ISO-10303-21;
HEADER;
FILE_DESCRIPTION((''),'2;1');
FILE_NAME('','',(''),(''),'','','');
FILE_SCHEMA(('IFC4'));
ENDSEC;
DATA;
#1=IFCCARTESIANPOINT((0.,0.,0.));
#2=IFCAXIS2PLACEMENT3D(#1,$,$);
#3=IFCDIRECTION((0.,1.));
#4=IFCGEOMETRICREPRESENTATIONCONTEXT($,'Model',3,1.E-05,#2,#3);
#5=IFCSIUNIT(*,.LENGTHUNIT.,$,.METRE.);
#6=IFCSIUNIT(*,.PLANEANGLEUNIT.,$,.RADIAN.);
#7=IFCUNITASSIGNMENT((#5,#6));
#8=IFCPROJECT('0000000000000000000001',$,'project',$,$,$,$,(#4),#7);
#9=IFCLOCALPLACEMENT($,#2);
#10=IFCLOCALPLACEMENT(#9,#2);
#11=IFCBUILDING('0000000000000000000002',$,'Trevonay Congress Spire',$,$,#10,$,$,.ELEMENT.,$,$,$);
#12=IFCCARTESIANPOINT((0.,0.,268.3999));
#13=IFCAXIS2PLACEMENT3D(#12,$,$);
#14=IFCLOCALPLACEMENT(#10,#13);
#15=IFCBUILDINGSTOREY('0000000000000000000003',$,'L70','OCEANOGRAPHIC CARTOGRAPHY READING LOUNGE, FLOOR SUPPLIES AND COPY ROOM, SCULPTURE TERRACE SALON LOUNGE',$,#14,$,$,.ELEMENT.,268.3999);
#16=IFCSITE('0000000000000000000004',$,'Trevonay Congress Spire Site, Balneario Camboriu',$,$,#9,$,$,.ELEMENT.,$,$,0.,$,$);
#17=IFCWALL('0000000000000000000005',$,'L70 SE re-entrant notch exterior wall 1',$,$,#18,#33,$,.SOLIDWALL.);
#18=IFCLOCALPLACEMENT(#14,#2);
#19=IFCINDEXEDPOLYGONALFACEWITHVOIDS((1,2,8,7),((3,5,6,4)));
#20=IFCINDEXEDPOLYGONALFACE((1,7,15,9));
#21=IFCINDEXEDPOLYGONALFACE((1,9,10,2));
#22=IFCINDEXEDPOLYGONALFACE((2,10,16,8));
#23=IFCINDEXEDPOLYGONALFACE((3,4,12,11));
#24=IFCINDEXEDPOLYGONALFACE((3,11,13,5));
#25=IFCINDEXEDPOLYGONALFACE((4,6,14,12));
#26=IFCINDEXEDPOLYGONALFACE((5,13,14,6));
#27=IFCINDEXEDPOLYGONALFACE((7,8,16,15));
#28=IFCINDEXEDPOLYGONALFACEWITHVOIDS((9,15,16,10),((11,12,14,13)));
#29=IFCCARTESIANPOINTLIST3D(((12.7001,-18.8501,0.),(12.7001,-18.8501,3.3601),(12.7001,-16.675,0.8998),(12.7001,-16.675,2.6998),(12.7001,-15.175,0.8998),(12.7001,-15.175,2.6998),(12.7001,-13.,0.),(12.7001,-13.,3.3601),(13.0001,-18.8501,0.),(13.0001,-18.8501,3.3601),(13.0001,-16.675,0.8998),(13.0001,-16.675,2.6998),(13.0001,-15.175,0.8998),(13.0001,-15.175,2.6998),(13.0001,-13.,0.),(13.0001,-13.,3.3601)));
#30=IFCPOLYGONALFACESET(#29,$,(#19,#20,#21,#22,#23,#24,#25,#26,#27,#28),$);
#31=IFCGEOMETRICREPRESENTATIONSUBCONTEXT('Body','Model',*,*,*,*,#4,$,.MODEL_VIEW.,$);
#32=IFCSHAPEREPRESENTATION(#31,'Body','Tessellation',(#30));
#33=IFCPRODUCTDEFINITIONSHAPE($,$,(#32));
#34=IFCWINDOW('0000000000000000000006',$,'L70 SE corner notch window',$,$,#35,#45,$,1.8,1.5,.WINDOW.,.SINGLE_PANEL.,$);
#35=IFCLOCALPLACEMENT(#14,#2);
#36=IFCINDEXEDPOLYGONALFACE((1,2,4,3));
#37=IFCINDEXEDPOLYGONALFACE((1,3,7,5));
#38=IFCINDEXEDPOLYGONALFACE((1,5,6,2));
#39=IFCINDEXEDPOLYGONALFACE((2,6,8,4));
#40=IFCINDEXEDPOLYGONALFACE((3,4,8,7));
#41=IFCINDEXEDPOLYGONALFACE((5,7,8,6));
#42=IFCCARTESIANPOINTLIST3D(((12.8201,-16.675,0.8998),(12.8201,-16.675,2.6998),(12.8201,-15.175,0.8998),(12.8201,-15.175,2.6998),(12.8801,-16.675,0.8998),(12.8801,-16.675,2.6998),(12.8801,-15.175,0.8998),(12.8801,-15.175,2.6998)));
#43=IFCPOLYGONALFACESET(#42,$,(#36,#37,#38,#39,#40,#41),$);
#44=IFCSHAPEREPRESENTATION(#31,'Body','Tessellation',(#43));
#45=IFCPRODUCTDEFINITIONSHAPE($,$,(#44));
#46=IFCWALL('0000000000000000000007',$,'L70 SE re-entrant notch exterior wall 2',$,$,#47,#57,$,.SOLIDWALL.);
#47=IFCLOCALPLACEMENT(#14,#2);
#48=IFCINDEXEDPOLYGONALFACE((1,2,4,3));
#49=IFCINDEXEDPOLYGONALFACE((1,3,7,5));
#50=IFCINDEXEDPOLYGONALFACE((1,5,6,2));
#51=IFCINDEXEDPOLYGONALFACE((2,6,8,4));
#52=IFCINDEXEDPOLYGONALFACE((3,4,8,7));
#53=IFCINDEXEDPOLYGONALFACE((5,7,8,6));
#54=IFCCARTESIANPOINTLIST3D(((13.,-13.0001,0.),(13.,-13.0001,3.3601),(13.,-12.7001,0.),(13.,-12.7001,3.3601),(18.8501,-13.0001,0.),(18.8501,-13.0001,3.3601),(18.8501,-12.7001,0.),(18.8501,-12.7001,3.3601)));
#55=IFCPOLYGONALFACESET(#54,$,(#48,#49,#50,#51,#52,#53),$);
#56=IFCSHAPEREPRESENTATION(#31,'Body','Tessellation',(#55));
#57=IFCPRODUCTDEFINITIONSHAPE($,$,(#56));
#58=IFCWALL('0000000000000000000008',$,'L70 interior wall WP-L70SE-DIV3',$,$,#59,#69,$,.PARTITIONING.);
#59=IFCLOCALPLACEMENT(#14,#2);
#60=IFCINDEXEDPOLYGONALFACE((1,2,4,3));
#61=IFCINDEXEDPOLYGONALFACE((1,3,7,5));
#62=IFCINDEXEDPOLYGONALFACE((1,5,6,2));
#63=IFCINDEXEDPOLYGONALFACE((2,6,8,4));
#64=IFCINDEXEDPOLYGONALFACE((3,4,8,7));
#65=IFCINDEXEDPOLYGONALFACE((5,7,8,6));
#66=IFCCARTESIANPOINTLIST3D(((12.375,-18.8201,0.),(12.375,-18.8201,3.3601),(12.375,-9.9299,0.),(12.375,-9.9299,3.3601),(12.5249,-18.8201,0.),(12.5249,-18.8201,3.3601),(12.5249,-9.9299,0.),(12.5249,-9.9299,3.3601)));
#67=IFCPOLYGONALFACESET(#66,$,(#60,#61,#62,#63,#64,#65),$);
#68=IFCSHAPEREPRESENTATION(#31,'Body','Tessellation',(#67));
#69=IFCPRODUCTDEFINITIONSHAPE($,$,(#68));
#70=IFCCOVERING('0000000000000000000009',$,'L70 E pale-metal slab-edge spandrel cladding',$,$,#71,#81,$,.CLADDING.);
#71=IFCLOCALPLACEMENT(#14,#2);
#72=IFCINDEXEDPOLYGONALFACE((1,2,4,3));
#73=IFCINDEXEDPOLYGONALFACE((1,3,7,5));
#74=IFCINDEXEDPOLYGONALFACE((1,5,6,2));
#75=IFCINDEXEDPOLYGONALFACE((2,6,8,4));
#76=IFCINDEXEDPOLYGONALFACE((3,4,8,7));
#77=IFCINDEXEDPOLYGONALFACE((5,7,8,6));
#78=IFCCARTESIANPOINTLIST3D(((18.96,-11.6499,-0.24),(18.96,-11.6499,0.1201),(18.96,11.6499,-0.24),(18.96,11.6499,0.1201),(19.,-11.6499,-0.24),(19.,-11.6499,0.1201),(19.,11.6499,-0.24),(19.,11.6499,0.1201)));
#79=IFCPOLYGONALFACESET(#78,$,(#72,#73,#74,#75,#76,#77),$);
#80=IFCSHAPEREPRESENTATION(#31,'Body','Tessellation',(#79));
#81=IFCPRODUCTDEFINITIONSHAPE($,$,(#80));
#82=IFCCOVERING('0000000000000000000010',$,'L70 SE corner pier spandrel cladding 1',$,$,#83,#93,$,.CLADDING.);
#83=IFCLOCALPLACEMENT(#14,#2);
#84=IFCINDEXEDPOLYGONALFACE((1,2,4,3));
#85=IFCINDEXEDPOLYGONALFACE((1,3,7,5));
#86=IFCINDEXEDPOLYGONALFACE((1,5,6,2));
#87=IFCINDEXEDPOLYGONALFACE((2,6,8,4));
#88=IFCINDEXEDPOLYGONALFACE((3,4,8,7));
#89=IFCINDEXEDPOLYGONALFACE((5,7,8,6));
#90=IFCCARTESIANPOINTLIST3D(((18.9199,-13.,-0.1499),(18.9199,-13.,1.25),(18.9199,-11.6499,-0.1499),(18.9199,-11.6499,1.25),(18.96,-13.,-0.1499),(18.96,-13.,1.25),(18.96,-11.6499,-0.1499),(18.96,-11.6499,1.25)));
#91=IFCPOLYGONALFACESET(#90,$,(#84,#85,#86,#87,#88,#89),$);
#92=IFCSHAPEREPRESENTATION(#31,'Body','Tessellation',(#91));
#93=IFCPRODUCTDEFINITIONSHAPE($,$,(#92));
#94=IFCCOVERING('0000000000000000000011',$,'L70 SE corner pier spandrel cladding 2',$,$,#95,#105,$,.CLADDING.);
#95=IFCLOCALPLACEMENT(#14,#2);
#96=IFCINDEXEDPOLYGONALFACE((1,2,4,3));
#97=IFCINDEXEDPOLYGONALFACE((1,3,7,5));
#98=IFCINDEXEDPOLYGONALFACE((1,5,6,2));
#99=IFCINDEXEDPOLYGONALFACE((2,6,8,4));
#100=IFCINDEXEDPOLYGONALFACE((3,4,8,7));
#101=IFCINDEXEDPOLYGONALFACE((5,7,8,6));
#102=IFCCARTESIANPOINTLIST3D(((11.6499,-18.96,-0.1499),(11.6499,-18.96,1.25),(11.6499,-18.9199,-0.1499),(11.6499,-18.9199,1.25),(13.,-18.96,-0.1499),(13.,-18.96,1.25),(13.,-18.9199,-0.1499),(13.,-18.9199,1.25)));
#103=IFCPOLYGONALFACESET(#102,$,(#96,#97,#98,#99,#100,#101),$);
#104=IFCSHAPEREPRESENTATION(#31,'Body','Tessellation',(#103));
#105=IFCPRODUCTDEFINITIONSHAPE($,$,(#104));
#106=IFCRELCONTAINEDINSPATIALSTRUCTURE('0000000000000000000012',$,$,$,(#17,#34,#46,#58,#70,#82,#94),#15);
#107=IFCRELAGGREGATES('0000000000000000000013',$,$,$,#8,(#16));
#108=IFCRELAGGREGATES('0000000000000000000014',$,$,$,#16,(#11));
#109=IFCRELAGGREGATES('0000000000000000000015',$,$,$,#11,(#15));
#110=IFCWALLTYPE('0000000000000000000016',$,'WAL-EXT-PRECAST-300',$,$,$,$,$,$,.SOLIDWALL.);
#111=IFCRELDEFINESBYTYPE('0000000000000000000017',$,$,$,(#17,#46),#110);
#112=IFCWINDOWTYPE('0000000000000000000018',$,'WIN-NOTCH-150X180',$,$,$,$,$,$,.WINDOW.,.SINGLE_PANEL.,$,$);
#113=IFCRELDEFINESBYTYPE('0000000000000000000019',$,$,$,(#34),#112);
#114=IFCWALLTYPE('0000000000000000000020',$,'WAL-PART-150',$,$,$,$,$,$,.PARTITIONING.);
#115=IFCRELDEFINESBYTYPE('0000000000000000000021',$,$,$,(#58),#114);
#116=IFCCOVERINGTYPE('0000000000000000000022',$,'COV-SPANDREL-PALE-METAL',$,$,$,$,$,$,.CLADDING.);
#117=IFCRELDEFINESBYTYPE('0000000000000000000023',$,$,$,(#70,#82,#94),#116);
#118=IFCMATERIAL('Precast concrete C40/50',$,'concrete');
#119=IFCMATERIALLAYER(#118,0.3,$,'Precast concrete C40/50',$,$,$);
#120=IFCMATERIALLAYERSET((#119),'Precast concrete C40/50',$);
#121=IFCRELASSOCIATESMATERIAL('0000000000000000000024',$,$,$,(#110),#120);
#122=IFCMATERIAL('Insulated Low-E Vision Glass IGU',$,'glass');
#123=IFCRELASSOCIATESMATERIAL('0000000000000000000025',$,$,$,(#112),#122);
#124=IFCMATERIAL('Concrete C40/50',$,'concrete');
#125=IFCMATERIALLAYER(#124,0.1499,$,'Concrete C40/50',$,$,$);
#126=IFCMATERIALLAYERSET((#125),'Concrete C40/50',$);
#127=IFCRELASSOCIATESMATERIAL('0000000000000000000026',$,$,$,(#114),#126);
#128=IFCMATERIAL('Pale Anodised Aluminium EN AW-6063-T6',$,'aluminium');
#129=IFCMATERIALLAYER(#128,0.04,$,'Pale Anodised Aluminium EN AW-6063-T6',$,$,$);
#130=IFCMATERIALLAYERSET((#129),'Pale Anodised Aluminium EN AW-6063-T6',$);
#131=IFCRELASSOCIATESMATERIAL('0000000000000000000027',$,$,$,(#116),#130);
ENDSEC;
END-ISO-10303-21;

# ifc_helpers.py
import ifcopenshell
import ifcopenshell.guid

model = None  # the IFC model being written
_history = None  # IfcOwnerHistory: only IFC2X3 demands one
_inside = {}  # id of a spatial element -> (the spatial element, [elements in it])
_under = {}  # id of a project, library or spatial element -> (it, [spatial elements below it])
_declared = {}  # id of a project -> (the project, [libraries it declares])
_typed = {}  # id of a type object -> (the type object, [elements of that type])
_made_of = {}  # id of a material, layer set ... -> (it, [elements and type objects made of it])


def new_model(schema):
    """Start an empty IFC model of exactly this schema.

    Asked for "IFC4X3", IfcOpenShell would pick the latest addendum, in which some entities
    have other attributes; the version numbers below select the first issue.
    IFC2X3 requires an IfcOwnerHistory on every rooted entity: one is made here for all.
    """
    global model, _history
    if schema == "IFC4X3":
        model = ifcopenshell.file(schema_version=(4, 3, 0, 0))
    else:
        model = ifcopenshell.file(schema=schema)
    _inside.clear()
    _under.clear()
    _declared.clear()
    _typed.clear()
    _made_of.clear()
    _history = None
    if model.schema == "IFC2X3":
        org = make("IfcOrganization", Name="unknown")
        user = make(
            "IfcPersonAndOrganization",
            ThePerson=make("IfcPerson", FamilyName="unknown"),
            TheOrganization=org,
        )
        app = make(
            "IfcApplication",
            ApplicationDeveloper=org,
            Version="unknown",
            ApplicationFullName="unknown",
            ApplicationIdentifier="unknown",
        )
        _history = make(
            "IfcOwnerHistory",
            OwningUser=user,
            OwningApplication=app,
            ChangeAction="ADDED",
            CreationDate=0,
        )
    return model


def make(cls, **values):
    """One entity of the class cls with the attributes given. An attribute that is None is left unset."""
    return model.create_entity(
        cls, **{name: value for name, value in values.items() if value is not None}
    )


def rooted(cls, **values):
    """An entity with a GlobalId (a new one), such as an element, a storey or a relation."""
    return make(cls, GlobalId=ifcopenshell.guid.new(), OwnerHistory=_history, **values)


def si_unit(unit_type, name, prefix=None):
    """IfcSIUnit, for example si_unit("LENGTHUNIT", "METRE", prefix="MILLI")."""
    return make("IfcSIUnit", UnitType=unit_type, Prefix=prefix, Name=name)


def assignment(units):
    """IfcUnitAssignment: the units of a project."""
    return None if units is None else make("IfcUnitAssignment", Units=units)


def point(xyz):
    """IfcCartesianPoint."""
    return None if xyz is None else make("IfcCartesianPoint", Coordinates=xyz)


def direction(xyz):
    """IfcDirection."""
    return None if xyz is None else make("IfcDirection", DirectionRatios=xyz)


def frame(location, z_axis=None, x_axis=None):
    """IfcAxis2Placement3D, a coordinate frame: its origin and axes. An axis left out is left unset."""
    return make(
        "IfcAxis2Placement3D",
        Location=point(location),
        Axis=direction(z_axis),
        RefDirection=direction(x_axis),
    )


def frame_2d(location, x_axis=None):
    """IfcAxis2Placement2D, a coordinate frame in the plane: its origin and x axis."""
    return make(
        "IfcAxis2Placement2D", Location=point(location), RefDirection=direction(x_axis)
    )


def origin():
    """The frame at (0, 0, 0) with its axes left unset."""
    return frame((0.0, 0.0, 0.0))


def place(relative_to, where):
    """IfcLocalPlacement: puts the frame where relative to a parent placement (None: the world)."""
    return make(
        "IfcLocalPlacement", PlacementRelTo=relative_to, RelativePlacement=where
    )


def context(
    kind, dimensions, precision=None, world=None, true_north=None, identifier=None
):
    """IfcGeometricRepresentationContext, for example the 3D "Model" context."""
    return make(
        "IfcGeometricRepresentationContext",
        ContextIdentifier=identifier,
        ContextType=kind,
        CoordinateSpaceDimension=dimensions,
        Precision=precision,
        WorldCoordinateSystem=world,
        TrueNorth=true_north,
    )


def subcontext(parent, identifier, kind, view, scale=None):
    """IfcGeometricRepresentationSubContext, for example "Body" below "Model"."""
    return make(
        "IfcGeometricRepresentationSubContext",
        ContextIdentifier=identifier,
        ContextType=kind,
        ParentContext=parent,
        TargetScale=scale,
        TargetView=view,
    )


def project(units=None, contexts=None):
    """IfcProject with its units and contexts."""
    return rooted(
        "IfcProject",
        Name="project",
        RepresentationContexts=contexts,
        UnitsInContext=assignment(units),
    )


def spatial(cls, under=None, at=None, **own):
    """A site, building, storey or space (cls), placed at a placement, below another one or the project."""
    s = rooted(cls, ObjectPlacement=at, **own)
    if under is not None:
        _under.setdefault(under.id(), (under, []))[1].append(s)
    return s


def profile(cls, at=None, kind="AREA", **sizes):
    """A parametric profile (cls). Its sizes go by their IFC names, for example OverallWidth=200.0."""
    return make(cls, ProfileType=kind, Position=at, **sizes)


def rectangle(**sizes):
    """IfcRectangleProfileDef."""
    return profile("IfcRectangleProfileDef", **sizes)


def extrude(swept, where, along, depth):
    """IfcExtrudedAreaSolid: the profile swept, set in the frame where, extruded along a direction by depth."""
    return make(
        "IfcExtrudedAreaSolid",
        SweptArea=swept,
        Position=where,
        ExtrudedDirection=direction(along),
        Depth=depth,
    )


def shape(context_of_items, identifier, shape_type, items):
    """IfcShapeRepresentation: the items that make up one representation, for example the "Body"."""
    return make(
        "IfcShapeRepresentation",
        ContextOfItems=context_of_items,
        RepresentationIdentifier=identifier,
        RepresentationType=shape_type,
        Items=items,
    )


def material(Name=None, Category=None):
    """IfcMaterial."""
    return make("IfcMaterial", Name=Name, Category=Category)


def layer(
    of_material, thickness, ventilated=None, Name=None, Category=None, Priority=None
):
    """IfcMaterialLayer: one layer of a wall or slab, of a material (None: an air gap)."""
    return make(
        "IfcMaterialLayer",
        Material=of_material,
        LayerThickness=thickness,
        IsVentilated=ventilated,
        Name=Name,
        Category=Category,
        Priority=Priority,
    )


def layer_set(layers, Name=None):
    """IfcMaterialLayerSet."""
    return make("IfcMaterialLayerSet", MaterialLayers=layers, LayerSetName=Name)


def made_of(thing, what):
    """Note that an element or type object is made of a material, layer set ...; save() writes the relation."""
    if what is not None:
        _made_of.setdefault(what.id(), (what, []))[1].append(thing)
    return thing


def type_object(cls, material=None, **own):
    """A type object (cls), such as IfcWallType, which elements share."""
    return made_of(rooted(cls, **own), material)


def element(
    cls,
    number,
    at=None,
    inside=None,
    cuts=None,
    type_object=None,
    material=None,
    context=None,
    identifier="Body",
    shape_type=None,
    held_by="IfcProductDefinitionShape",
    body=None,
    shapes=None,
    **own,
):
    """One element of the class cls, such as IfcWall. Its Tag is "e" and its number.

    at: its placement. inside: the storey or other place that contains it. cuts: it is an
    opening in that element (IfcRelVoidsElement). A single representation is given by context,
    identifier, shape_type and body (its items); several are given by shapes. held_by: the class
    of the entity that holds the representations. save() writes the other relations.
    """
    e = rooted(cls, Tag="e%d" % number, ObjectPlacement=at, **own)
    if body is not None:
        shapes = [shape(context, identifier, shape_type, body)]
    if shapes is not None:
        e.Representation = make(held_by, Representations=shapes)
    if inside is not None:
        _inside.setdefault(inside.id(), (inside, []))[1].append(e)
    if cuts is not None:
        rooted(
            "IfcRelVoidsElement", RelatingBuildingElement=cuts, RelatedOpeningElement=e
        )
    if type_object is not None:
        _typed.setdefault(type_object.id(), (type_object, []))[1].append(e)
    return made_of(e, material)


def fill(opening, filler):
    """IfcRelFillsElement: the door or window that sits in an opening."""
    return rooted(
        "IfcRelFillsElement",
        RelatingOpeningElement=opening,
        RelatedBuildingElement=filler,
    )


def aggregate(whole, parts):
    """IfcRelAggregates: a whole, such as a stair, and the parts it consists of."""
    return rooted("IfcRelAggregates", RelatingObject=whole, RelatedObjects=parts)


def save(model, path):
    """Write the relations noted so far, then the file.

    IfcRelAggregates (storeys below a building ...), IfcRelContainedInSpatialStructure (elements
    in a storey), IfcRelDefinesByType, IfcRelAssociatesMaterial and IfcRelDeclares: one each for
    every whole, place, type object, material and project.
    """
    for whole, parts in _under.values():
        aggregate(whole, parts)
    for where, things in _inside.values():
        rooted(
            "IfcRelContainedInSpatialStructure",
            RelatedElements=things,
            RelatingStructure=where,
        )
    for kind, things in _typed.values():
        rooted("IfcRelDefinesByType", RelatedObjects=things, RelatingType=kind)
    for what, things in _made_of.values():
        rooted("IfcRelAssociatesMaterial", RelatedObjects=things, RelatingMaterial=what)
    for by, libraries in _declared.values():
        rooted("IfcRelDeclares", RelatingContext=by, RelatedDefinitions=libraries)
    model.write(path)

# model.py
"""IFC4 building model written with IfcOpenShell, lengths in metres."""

from ifc_helpers import new_model, si_unit, direction, frame, frame_2d, origin, place, context, subcontext, project, spatial, rectangle, extrude, material, layer, layer_set, type_object, element, fill, save


model = new_model("IFC4")

# Units and contexts
model_context = context("Model", 3, precision=1e-05, world=origin(), true_north=direction((0.0, 1.0)))
body_context = subcontext(model_context, "Body", "Model", "MODEL_VIEW")
ifc_project = project(units=[si_unit("LENGTHUNIT", "METRE"), si_unit("PLANEANGLEUNIT", "RADIAN")], contexts=[model_context])

# Site, building, storey
site_placement = place(None, origin())
site = spatial("IfcSite", under=ifc_project, at=site_placement, Name="Trevonay Congress Spire Site, Balneario Camboriu", CompositionType="ELEMENT", RefElevation=0.0)
building_placement = place(site_placement, origin())
building = spatial("IfcBuilding", under=site, at=building_placement, Name="Trevonay Congress Spire", CompositionType="ELEMENT")
storey_placement = place(building_placement, frame((0.0, 0.0, 268.3999)))
storey = spatial("IfcBuildingStorey", under=building, at=storey_placement, Name="L70", Description="OCEANOGRAPHIC CARTOGRAPHY READING LOUNGE, FLOOR SUPPLIES AND COPY ROOM, SCULPTURE TERRACE SALON LOUNGE", CompositionType="ELEMENT", Elevation=268.3999)

# Shared definitions
ifc_material_1 = material(Name="Precast concrete C40/50", Category="concrete")
ifc_layer_1 = layer(ifc_material_1, 0.3, Name="Precast concrete C40/50")
ifc_layer_set_1 = layer_set([ifc_layer_1], Name="Precast concrete C40/50")
wall_type_1 = type_object("IfcWallType", Name="WAL-EXT-PRECAST-300", PredefinedType="SOLIDWALL", material=ifc_layer_set_1)

# Wall, opening, window
wall_1_placement = place(storey_placement, frame((12.8501, -18.8501, 0.0), z_axis=(0.0, 0.0, 1.0), x_axis=(0.0, 1.0, 0.0)))
wall_1 = element("IfcWall", 1, at=wall_1_placement, inside=storey, type_object=wall_type_1, Name="L70 SE re-entrant notch exterior wall 1", PredefinedType="SOLIDWALL", context=body_context, shape_type="SweptSolid", body=[
    extrude(rectangle(XDim=5.8501, YDim=0.3, at=frame_2d((2.925, 0.0))), origin(), (0.0, 0.0, 1.0), 3.3601),
])
opening_placement = place(wall_1_placement, frame((2.175, 0.0, 0.8999)))
opening = element("IfcOpeningElement", 2, at=opening_placement, cuts=wall_1, PredefinedType="OPENING", context=body_context, shape_type="SweptSolid", body=[
    extrude(rectangle(XDim=1.5, YDim=1.8, at=frame_2d((0.75, 0.8999))), frame((0.0, 0.1602, 0.0), z_axis=(0.0, -1.0, 0.0), x_axis=(1.0, 0.0, 0.0)), (0.0, 0.0, 1.0), 0.3201),
])
ifc_material_2 = material(Name="Insulated Low-E Vision Glass IGU", Category="glass")
window_type = type_object("IfcWindowType", Name="WIN-NOTCH-150X180", PartitioningType="SINGLE_PANEL", PredefinedType="WINDOW", material=ifc_material_2)
window_placement = place(opening_placement, origin())
window = element("IfcWindow", 3, at=window_placement, inside=storey, type_object=window_type, Name="L70 SE corner notch window", OverallHeight=1.8, OverallWidth=1.5, PartitioningType="SINGLE_PANEL", PredefinedType="WINDOW", context=body_context, shape_type="SweptSolid", body=[
    extrude(rectangle(XDim=1.5, YDim=1.8, at=frame_2d((0.75, 0.8999))), frame((0.0, 0.03, 0.0), z_axis=(0.0, -1.0, 0.0), x_axis=(1.0, 0.0, 0.0)), (0.0, 0.0, 1.0), 0.0601),
])
fill(opening, window)

# Walls
wall_2_placement = place(storey_placement, frame((18.8501, -12.8501, 0.0), z_axis=(0.0, 0.0, 1.0), x_axis=(-1.0, 0.0, 0.0)))
element("IfcWall", 4, at=wall_2_placement, inside=storey, type_object=wall_type_1, Name="L70 SE re-entrant notch exterior wall 2", PredefinedType="SOLIDWALL", context=body_context, shape_type="SweptSolid", body=[
    extrude(rectangle(XDim=5.8501, YDim=0.3, at=frame_2d((2.925, 0.0))), origin(), (0.0, 0.0, 1.0), 3.3601),
])
ifc_material_3 = material(Name="Concrete C40/50", Category="concrete")
ifc_layer_2 = layer(ifc_material_3, 0.1499, Name="Concrete C40/50")
ifc_layer_set_2 = layer_set([ifc_layer_2], Name="Concrete C40/50")
wall_type_2 = type_object("IfcWallType", Name="WAL-PART-150", PredefinedType="PARTITIONING", material=ifc_layer_set_2)
wall_3_placement = place(storey_placement, frame((12.45, -18.8201, 0.0), z_axis=(0.0, 0.0, 1.0), x_axis=(0.0, 1.0, 0.0)))
element("IfcWall", 5, at=wall_3_placement, inside=storey, type_object=wall_type_2, Name="L70 interior wall WP-L70SE-DIV3", PredefinedType="PARTITIONING", context=body_context, shape_type="SweptSolid", body=[
    extrude(rectangle(XDim=8.8901, YDim=0.1499, at=frame_2d((4.4451, 0.0))), origin(), (0.0, 0.0, 1.0), 3.3601),
])

# Coverings
ifc_material_4 = material(Name="Pale Anodised Aluminium EN AW-6063-T6", Category="aluminium")
ifc_layer_3 = layer(ifc_material_4, 0.04, Name="Pale Anodised Aluminium EN AW-6063-T6")
ifc_layer_set_3 = layer_set([ifc_layer_3], Name="Pale Anodised Aluminium EN AW-6063-T6")
covering_type = type_object("IfcCoveringType", Name="COV-SPANDREL-PALE-METAL", PredefinedType="CLADDING", material=ifc_layer_set_3)
covering_placement = place(storey_placement, frame((18.98, -11.6499, -0.24), z_axis=(0.0, 0.0, 1.0), x_axis=(0.0, 1.0, 0.0)))
element("IfcCovering", 6, at=covering_placement, inside=storey, type_object=covering_type, Name="L70 E pale-metal slab-edge spandrel cladding", PredefinedType="CLADDING", context=body_context, shape_type="SweptSolid", body=[
    extrude(rectangle(XDim=23.2998, YDim=0.04, at=frame_2d((11.6499, 0.0))), origin(), (0.0, 0.0, 1.0), 0.3601),
])
for number, where, z_axis, x_axis, name in (
    (7, (18.9399, -11.6499, -0.1499), (0.0, 0.0, 1.0), (0.0, -1.0, 0.0), "L70 SE corner pier spandrel cladding 1"),
    (8, (11.6499, -18.9399, -0.1499), (0.0, 0.0, 1.0), (1.0, 0.0, 0.0), "L70 SE corner pier spandrel cladding 2"),
):
    element("IfcCovering", number, at=place(storey_placement, frame(where, z_axis=z_axis, x_axis=x_axis)), inside=storey, type_object=covering_type, Name=name, PredefinedType="CLADDING", context=body_context, shape_type="SweptSolid", body=[
        extrude(rectangle(XDim=1.3501, YDim=0.04, at=frame_2d((0.675, 0.0))), origin(), (0.0, 0.0, 1.0), 1.3999),
    ])

save(model, "model.ifc")
